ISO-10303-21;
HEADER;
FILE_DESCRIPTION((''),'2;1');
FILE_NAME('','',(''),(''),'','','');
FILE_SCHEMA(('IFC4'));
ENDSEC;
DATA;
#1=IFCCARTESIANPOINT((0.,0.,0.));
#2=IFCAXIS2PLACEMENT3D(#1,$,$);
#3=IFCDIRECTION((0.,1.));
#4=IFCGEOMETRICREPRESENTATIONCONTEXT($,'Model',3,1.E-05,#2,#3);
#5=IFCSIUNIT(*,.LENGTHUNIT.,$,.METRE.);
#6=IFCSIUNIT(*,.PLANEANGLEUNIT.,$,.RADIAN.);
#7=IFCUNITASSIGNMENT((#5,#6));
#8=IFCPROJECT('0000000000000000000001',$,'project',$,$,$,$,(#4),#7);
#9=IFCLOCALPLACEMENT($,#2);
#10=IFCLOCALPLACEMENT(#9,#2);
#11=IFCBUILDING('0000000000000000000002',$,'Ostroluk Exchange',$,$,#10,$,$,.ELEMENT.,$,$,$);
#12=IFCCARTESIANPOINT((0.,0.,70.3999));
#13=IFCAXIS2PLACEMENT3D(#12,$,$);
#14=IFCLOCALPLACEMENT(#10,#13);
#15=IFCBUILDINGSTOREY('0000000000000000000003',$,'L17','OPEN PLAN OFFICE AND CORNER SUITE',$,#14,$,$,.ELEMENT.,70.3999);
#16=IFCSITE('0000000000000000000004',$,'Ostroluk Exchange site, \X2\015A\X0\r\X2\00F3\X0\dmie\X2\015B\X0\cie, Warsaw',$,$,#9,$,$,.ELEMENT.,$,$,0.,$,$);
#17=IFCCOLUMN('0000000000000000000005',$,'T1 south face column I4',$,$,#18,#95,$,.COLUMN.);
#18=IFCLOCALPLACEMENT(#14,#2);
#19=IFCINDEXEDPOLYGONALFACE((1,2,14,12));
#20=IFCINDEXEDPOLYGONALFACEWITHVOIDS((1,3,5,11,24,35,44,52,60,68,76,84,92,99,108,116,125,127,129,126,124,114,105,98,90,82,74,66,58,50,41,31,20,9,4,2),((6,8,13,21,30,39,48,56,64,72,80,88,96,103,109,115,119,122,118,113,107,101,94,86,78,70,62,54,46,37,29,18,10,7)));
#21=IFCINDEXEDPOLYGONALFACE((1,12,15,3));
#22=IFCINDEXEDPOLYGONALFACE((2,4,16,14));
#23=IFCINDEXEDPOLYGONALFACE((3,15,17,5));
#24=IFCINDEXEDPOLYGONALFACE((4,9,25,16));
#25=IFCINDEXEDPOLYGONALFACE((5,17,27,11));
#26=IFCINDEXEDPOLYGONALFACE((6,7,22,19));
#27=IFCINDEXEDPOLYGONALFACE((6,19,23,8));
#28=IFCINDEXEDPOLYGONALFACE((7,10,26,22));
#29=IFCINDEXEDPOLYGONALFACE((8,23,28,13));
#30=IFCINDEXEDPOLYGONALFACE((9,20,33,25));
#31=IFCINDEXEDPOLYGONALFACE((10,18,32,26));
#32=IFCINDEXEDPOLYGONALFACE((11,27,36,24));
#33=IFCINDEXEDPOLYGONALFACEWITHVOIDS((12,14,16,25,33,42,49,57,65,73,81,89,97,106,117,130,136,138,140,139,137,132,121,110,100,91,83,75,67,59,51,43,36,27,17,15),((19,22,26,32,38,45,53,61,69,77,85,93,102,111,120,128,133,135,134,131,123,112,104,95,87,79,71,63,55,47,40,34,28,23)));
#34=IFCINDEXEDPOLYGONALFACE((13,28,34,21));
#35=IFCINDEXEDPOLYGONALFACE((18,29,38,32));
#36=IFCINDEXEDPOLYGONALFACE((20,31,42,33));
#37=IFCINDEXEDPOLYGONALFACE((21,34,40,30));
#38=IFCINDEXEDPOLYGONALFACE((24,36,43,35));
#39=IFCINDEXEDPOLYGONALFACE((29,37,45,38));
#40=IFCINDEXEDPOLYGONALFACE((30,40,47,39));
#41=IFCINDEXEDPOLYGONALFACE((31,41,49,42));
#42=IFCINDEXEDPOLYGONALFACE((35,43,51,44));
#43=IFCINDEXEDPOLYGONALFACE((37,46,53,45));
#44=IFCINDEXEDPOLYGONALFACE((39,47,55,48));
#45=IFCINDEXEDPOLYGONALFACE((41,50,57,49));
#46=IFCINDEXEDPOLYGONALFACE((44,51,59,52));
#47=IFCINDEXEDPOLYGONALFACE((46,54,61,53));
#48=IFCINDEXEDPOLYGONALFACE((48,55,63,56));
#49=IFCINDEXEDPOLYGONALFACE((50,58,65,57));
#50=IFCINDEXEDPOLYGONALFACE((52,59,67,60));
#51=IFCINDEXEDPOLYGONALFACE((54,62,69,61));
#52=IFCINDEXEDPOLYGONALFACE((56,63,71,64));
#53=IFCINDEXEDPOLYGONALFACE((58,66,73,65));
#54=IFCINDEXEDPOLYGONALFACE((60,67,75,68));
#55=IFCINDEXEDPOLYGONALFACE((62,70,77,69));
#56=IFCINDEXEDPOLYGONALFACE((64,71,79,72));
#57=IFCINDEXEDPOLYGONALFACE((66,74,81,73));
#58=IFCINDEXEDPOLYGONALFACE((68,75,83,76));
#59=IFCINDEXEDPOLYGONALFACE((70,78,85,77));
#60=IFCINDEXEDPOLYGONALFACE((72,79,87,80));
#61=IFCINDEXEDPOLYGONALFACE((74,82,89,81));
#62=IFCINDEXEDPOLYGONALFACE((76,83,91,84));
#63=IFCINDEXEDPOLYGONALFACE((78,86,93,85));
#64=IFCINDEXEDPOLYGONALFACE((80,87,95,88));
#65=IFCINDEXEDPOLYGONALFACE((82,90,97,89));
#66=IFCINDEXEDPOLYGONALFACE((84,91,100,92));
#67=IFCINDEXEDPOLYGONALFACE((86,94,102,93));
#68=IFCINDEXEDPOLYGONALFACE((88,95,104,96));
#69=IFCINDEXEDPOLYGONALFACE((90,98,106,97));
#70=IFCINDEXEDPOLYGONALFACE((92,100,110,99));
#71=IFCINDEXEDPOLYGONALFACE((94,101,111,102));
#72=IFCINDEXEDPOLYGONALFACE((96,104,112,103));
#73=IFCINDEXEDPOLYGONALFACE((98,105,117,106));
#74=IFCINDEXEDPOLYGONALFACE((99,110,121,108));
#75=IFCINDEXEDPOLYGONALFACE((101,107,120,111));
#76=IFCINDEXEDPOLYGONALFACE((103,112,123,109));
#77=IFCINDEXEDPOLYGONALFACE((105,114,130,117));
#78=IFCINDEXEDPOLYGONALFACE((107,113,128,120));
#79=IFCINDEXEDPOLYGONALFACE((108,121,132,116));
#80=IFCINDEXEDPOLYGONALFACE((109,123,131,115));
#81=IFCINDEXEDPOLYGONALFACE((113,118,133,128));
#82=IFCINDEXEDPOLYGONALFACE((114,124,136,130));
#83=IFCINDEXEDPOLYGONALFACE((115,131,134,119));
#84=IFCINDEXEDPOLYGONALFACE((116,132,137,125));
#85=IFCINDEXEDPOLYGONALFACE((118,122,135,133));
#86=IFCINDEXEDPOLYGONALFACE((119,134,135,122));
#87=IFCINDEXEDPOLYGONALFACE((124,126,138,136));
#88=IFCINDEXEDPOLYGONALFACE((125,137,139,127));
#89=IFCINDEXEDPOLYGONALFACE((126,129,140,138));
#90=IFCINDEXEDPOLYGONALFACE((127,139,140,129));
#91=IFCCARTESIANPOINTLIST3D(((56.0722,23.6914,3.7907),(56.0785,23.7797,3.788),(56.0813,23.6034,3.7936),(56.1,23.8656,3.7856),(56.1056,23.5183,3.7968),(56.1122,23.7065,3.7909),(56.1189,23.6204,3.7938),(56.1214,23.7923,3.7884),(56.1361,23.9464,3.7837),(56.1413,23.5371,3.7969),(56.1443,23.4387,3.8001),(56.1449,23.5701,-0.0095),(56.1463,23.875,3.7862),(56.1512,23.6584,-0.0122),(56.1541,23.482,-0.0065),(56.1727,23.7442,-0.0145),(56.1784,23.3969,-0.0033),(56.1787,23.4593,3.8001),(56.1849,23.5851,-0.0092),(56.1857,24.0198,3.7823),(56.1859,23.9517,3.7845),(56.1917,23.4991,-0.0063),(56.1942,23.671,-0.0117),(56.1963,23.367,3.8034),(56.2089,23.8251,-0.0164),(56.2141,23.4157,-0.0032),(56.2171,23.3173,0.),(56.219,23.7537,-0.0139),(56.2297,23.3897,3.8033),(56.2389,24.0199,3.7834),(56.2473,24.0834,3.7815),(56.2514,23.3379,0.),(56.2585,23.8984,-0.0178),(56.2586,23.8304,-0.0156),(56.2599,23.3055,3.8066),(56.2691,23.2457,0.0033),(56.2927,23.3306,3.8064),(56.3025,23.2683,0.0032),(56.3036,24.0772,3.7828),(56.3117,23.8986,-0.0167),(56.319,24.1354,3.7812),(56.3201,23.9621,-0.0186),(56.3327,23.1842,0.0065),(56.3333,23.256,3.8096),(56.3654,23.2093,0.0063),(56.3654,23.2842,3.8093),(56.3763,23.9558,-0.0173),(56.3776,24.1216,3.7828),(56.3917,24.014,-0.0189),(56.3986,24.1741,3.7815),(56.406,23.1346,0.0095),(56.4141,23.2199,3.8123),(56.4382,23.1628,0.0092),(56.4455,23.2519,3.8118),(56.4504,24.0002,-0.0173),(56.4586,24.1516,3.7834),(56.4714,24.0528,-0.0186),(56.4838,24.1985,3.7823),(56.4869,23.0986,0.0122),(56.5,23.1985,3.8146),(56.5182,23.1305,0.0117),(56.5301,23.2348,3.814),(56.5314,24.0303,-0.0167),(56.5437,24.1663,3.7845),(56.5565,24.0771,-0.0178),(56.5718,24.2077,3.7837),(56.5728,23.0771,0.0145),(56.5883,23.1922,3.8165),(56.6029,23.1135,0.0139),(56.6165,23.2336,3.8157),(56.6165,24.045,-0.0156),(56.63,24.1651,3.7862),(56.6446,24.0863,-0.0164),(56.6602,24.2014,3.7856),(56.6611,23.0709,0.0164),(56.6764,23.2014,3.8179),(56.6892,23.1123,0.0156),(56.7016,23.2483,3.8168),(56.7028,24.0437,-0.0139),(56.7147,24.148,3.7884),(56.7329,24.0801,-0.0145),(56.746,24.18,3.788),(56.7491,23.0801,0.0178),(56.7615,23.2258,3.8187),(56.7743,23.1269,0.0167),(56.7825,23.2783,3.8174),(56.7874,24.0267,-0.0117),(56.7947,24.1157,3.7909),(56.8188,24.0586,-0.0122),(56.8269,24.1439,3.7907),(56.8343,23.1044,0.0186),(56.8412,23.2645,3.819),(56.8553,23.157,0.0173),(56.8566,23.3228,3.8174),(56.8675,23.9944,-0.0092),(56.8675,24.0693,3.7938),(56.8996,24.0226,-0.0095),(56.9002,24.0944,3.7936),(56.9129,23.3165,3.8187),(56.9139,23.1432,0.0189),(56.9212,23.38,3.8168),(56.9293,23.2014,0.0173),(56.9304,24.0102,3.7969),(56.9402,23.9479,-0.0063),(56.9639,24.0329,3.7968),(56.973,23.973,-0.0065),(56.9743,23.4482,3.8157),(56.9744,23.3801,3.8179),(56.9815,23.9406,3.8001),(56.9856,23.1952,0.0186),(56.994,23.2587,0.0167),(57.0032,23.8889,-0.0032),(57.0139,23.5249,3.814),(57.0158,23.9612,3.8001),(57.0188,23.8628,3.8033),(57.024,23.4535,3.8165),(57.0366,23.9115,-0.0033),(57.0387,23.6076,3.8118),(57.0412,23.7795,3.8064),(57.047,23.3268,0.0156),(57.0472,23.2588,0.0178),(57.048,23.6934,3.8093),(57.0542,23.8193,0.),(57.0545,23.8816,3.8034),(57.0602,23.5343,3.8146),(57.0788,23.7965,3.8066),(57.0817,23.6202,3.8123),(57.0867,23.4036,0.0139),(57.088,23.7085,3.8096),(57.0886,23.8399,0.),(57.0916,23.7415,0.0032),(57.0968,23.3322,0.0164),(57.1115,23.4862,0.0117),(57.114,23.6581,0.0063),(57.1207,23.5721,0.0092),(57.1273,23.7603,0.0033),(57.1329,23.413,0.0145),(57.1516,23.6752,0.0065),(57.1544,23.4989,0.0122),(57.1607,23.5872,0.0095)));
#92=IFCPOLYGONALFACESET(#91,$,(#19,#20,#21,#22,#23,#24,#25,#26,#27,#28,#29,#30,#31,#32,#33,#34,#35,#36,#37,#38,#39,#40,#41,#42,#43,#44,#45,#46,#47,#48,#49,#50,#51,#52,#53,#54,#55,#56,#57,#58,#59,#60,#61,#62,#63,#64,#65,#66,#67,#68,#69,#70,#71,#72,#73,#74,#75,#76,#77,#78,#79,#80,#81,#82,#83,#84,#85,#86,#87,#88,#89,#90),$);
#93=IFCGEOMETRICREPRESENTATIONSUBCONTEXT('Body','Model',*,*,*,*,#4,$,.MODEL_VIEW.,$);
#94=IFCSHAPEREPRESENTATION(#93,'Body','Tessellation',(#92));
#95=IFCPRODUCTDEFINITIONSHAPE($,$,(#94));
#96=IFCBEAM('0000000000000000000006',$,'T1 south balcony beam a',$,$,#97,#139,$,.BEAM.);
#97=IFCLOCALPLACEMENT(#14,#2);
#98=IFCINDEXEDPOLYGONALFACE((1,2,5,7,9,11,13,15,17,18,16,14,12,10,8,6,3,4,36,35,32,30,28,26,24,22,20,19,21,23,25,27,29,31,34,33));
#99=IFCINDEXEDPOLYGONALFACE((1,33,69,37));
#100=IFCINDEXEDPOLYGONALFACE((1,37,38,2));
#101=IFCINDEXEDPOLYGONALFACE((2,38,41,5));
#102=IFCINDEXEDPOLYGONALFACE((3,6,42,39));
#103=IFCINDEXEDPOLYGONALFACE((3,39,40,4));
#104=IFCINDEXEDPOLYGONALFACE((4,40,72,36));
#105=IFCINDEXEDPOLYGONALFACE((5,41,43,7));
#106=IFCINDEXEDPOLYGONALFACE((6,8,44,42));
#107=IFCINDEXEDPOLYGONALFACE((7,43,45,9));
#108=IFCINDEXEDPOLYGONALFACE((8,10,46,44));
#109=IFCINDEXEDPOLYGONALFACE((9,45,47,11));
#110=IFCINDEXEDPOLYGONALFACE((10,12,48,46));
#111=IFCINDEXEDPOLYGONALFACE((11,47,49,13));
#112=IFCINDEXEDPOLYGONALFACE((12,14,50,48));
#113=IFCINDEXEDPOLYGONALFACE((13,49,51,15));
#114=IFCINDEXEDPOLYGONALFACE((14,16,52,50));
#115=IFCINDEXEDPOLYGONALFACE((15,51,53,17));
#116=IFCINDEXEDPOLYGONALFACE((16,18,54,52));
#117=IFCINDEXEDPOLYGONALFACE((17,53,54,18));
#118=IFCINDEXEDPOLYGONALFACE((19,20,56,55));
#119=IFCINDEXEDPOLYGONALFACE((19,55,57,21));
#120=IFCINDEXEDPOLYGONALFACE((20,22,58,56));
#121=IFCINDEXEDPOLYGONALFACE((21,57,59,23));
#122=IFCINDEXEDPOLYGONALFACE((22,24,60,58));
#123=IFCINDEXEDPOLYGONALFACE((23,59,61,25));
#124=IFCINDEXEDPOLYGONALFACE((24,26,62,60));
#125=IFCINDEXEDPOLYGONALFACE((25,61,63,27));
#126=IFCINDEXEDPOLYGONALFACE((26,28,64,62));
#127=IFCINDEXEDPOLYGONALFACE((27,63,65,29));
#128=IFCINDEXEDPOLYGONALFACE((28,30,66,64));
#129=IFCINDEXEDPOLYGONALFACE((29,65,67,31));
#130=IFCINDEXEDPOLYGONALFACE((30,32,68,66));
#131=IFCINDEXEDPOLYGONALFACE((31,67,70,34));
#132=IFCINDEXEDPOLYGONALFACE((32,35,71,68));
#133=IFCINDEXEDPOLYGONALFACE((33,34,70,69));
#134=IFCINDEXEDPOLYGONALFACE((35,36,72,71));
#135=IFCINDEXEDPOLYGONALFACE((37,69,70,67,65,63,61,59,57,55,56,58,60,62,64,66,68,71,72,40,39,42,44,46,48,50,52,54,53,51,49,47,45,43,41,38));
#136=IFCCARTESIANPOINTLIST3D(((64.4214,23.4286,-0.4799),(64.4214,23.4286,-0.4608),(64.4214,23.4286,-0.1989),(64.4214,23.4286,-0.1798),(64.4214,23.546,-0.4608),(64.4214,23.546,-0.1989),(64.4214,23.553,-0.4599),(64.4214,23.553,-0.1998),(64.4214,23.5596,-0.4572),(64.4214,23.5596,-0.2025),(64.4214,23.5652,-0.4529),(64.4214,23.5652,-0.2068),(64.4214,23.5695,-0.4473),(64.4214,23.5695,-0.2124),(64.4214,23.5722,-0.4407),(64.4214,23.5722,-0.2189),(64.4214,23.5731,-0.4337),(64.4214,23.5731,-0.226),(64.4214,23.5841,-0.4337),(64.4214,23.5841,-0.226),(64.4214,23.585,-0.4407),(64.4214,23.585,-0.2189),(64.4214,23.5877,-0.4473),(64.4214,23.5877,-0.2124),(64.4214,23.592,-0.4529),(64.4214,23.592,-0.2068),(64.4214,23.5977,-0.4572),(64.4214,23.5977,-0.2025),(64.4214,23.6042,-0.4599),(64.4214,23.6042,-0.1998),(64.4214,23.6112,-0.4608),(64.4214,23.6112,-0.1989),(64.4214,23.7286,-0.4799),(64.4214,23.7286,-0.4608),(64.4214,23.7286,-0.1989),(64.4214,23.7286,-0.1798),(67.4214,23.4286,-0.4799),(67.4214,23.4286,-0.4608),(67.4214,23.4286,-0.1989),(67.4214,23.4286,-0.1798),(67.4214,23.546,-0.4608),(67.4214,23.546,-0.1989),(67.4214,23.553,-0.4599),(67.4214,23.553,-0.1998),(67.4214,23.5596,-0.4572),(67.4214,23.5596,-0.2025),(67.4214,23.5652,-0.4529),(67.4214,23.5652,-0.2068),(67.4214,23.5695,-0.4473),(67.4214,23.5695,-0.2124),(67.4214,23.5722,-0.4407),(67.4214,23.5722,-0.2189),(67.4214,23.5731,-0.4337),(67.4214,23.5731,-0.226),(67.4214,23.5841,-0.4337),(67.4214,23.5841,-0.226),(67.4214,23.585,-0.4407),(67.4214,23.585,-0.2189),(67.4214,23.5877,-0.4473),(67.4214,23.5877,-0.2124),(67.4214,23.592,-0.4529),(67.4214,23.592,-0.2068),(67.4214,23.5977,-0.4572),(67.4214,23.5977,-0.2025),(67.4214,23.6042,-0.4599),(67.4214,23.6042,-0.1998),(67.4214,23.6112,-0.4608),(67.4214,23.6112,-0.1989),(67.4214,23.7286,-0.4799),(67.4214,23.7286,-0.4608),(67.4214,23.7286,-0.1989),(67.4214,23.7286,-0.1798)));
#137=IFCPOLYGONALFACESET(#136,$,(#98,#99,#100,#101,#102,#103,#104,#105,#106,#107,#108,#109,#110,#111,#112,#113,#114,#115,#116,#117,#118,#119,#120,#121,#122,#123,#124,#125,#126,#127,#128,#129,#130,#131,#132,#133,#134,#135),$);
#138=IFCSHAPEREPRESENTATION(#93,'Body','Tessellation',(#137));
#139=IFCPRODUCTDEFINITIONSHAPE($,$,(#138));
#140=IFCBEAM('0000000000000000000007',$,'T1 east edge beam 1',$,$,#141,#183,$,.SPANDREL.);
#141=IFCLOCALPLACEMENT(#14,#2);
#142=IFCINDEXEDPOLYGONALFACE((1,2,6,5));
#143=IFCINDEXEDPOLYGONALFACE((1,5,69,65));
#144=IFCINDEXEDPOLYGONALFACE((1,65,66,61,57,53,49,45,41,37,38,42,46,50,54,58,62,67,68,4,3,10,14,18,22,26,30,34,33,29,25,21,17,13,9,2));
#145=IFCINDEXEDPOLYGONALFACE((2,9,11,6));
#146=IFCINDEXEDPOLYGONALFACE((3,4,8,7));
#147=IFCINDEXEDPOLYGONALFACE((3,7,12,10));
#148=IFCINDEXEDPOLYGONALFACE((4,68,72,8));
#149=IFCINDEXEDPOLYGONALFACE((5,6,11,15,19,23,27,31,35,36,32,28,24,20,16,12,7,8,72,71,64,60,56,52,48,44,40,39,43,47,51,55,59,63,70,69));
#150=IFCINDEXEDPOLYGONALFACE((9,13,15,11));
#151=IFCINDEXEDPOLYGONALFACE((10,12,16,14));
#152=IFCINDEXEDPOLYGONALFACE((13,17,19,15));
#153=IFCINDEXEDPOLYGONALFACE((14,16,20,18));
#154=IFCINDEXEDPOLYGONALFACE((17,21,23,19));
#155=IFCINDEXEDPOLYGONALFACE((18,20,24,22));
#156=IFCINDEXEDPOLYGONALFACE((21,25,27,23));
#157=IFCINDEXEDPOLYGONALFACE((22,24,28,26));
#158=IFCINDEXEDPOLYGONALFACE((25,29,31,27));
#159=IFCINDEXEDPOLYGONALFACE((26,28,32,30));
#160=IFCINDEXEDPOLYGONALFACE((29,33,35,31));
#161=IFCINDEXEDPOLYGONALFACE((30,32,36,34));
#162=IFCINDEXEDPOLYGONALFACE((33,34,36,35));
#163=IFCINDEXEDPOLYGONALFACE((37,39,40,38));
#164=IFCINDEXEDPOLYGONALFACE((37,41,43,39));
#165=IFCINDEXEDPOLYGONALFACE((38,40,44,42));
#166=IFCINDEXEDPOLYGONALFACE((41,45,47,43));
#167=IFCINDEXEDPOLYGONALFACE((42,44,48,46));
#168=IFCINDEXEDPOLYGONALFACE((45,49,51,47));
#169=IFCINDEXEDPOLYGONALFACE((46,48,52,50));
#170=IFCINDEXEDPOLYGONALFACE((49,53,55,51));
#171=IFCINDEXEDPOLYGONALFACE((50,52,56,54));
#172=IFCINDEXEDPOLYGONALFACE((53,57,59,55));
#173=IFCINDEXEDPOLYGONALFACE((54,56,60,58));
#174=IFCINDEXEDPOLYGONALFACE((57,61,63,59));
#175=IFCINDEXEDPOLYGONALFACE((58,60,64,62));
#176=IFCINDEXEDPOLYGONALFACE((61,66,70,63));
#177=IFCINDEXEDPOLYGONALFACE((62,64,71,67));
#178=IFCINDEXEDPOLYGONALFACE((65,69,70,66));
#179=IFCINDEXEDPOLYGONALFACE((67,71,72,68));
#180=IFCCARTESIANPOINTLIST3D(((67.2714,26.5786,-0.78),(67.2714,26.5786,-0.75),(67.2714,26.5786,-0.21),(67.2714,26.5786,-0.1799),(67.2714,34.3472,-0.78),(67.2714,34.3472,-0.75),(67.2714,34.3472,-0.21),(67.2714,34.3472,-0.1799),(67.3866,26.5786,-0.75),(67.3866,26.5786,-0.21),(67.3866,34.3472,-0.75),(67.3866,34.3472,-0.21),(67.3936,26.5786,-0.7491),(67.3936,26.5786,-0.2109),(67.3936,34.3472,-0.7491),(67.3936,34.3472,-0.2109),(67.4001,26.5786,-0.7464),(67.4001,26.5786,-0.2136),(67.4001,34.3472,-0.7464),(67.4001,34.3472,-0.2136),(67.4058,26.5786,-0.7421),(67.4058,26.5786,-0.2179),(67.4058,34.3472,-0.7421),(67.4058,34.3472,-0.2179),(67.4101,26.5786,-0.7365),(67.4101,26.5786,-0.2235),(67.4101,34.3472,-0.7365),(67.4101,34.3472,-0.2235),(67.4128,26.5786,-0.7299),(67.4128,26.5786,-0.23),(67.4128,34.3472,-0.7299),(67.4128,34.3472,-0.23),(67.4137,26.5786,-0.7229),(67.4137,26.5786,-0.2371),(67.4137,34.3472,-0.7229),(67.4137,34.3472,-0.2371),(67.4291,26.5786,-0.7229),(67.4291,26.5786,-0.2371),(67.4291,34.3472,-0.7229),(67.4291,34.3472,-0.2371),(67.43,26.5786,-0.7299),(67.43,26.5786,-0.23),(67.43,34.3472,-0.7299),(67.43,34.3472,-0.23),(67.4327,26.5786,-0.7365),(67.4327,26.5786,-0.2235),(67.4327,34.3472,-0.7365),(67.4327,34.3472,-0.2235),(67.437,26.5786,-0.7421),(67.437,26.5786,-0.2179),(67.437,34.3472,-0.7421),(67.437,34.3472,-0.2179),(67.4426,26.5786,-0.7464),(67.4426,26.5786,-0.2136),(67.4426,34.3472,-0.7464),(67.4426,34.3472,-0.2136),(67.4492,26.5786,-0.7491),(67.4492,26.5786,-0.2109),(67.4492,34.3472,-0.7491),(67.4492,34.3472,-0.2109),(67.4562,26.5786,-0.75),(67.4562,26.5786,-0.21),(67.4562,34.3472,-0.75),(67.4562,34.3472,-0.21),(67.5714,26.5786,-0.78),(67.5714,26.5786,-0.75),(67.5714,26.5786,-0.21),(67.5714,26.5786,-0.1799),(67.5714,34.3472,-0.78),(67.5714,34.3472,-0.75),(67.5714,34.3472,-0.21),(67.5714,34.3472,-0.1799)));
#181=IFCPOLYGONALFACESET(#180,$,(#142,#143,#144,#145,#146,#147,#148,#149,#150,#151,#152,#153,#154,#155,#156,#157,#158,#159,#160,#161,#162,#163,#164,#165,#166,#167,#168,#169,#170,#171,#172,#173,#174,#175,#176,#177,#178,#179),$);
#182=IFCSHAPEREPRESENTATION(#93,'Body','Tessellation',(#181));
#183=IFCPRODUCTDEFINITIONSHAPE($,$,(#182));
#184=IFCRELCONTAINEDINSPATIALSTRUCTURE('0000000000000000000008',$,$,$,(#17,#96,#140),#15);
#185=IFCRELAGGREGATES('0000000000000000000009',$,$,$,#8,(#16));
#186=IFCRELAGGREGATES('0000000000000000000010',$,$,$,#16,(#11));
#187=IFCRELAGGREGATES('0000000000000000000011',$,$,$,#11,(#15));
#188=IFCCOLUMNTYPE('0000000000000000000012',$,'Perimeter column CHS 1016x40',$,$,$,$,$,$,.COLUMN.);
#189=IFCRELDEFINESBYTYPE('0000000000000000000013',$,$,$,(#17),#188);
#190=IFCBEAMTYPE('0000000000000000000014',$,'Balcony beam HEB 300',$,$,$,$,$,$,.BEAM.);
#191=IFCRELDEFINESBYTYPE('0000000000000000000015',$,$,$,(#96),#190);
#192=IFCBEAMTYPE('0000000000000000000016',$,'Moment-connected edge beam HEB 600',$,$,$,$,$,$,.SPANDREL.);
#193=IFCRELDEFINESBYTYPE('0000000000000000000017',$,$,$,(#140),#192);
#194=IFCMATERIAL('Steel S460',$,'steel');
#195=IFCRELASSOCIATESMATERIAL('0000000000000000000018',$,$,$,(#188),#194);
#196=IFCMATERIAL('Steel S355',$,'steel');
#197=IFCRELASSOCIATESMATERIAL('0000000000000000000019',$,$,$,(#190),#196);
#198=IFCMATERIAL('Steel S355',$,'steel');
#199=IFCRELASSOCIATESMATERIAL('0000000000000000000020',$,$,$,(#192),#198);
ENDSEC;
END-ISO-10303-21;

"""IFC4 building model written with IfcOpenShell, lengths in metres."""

from ifc_helpers import new_model, si_unit, direction, frame, origin, origin_2d, place, context, subcontext, project, spatial, hollow_circle, i_section, extrude, material, material_profile, profile_set, type_object, element, save


model = new_model("IFC4")

# Units and contexts
model_context = context("Model", 3, precision=1e-05, world=origin(), true_north=direction((0.0, 1.0)))
body_context = subcontext(model_context, "Body", "Model", "MODEL_VIEW")
ifc_project = project(units=[si_unit("LENGTHUNIT", "METRE"), si_unit("PLANEANGLEUNIT", "RADIAN")], contexts=[model_context])

# Site, building, storey
site_placement = place(None, origin())
site = spatial("IfcSite", under=ifc_project, at=site_placement, Name="Ostroluk Exchange site, Śródmieście, Warsaw", CompositionType="ELEMENT", RefElevation=0.0)
building_placement = place(site_placement, origin())
building = spatial("IfcBuilding", under=site, at=building_placement, Name="Ostroluk Exchange", CompositionType="ELEMENT")
storey_placement = place(building_placement, frame((0.0, 0.0, 70.3999)))
storey = spatial("IfcBuildingStorey", under=building, at=storey_placement, Name="L17", Description="OPEN PLAN OFFICE AND CORNER SUITE", CompositionType="ELEMENT", Elevation=70.3999)

# Column
ifc_material_1 = material(Name="Steel S460", Category="steel")
ifc_material_profile_1 = material_profile(ifc_material_1, hollow_circle(Radius=0.5081, WallThickness=0.04, at=origin_2d()), Name="CHS 1016x40")
ifc_profile_set_1 = profile_set([ifc_material_profile_1], Name="Steel S460")
column_type = type_object("IfcColumnType", Name="Perimeter column CHS 1016x40", PredefinedType="COLUMN", material=ifc_profile_set_1)
column_placement = place(storey_placement, frame((56.6528, 23.5786, 0.0), z_axis=(-0.019132, 0.031909, 0.999308), x_axis=(-0.857645, -0.514242, 0.0)))
element("IfcColumn", 1, at=column_placement, inside=storey, type_object=column_type, Name="T1 south face column I4", PredefinedType="COLUMN", context=body_context, shape_type="SweptSolid", body=[
    extrude(hollow_circle(Radius=0.5081, WallThickness=0.04, at=origin_2d()), origin(), (0.0, 0.0, 1.0), 3.8027),
])

# Beams
ifc_material_2 = material(Name="Steel S355", Category="steel")
ifc_material_profile_2 = material_profile(ifc_material_2, i_section(OverallWidth=0.3, OverallDepth=0.3, WebThickness=0.011, FlangeThickness=0.019, FilletRadius=0.0271, at=origin_2d()), Name="HEB 300")
ifc_profile_set_2 = profile_set([ifc_material_profile_2], Name="Steel S355")
beam_type_1 = type_object("IfcBeamType", Name="Balcony beam HEB 300", PredefinedType="BEAM", material=ifc_profile_set_2)
beam_placement = place(storey_placement, frame((64.4214, 23.5786, -0.3298), z_axis=(1.0, 0.0, 0.0), x_axis=(0.0, 1.0, 0.0)))
element("IfcBeam", 2, at=beam_placement, inside=storey, type_object=beam_type_1, Name="T1 south balcony beam a", PredefinedType="BEAM", context=body_context, shape_type="SweptSolid", body=[
    extrude(i_section(OverallWidth=0.3, OverallDepth=0.3, WebThickness=0.011, FlangeThickness=0.019, FilletRadius=0.0271, at=origin_2d()), origin(), (0.0, 0.0, 1.0), 3.0),
])
ifc_material_3 = material(Name="Steel S355", Category="steel")
ifc_material_profile_3 = material_profile(ifc_material_3, i_section(OverallWidth=0.3, OverallDepth=0.6001, WebThickness=0.0154, FlangeThickness=0.03, FilletRadius=0.0271, at=origin_2d()), Name="HEB 600")
ifc_profile_set_3 = profile_set([ifc_material_profile_3], Name="Steel S355")
beam_type_2 = type_object("IfcBeamType", Name="Moment-connected edge beam HEB 600", PredefinedType="SPANDREL", material=ifc_profile_set_3)
for number, where, z_axis, x_axis, name in (
    (3, (67.4214, 26.5786, -0.48), (0.0, 1.0, 0.0), (-1.0, 0.0, 0.0), "T1 east edge beam 1"),
):
    element("IfcBeam", number, at=place(storey_placement, frame(where, z_axis=z_axis, x_axis=x_axis)), inside=storey, type_object=beam_type_2, Name=name, PredefinedType="SPANDREL", context=body_context, shape_type="SweptSolid", body=[
        extrude(i_section(OverallWidth=0.3, OverallDepth=0.6001, WebThickness=0.0154, FlangeThickness=0.03, FilletRadius=0.0271, at=origin_2d()), origin(), (0.0, 0.0, 1.0), 7.7686),
    ])

save(model, "model.ifc")
